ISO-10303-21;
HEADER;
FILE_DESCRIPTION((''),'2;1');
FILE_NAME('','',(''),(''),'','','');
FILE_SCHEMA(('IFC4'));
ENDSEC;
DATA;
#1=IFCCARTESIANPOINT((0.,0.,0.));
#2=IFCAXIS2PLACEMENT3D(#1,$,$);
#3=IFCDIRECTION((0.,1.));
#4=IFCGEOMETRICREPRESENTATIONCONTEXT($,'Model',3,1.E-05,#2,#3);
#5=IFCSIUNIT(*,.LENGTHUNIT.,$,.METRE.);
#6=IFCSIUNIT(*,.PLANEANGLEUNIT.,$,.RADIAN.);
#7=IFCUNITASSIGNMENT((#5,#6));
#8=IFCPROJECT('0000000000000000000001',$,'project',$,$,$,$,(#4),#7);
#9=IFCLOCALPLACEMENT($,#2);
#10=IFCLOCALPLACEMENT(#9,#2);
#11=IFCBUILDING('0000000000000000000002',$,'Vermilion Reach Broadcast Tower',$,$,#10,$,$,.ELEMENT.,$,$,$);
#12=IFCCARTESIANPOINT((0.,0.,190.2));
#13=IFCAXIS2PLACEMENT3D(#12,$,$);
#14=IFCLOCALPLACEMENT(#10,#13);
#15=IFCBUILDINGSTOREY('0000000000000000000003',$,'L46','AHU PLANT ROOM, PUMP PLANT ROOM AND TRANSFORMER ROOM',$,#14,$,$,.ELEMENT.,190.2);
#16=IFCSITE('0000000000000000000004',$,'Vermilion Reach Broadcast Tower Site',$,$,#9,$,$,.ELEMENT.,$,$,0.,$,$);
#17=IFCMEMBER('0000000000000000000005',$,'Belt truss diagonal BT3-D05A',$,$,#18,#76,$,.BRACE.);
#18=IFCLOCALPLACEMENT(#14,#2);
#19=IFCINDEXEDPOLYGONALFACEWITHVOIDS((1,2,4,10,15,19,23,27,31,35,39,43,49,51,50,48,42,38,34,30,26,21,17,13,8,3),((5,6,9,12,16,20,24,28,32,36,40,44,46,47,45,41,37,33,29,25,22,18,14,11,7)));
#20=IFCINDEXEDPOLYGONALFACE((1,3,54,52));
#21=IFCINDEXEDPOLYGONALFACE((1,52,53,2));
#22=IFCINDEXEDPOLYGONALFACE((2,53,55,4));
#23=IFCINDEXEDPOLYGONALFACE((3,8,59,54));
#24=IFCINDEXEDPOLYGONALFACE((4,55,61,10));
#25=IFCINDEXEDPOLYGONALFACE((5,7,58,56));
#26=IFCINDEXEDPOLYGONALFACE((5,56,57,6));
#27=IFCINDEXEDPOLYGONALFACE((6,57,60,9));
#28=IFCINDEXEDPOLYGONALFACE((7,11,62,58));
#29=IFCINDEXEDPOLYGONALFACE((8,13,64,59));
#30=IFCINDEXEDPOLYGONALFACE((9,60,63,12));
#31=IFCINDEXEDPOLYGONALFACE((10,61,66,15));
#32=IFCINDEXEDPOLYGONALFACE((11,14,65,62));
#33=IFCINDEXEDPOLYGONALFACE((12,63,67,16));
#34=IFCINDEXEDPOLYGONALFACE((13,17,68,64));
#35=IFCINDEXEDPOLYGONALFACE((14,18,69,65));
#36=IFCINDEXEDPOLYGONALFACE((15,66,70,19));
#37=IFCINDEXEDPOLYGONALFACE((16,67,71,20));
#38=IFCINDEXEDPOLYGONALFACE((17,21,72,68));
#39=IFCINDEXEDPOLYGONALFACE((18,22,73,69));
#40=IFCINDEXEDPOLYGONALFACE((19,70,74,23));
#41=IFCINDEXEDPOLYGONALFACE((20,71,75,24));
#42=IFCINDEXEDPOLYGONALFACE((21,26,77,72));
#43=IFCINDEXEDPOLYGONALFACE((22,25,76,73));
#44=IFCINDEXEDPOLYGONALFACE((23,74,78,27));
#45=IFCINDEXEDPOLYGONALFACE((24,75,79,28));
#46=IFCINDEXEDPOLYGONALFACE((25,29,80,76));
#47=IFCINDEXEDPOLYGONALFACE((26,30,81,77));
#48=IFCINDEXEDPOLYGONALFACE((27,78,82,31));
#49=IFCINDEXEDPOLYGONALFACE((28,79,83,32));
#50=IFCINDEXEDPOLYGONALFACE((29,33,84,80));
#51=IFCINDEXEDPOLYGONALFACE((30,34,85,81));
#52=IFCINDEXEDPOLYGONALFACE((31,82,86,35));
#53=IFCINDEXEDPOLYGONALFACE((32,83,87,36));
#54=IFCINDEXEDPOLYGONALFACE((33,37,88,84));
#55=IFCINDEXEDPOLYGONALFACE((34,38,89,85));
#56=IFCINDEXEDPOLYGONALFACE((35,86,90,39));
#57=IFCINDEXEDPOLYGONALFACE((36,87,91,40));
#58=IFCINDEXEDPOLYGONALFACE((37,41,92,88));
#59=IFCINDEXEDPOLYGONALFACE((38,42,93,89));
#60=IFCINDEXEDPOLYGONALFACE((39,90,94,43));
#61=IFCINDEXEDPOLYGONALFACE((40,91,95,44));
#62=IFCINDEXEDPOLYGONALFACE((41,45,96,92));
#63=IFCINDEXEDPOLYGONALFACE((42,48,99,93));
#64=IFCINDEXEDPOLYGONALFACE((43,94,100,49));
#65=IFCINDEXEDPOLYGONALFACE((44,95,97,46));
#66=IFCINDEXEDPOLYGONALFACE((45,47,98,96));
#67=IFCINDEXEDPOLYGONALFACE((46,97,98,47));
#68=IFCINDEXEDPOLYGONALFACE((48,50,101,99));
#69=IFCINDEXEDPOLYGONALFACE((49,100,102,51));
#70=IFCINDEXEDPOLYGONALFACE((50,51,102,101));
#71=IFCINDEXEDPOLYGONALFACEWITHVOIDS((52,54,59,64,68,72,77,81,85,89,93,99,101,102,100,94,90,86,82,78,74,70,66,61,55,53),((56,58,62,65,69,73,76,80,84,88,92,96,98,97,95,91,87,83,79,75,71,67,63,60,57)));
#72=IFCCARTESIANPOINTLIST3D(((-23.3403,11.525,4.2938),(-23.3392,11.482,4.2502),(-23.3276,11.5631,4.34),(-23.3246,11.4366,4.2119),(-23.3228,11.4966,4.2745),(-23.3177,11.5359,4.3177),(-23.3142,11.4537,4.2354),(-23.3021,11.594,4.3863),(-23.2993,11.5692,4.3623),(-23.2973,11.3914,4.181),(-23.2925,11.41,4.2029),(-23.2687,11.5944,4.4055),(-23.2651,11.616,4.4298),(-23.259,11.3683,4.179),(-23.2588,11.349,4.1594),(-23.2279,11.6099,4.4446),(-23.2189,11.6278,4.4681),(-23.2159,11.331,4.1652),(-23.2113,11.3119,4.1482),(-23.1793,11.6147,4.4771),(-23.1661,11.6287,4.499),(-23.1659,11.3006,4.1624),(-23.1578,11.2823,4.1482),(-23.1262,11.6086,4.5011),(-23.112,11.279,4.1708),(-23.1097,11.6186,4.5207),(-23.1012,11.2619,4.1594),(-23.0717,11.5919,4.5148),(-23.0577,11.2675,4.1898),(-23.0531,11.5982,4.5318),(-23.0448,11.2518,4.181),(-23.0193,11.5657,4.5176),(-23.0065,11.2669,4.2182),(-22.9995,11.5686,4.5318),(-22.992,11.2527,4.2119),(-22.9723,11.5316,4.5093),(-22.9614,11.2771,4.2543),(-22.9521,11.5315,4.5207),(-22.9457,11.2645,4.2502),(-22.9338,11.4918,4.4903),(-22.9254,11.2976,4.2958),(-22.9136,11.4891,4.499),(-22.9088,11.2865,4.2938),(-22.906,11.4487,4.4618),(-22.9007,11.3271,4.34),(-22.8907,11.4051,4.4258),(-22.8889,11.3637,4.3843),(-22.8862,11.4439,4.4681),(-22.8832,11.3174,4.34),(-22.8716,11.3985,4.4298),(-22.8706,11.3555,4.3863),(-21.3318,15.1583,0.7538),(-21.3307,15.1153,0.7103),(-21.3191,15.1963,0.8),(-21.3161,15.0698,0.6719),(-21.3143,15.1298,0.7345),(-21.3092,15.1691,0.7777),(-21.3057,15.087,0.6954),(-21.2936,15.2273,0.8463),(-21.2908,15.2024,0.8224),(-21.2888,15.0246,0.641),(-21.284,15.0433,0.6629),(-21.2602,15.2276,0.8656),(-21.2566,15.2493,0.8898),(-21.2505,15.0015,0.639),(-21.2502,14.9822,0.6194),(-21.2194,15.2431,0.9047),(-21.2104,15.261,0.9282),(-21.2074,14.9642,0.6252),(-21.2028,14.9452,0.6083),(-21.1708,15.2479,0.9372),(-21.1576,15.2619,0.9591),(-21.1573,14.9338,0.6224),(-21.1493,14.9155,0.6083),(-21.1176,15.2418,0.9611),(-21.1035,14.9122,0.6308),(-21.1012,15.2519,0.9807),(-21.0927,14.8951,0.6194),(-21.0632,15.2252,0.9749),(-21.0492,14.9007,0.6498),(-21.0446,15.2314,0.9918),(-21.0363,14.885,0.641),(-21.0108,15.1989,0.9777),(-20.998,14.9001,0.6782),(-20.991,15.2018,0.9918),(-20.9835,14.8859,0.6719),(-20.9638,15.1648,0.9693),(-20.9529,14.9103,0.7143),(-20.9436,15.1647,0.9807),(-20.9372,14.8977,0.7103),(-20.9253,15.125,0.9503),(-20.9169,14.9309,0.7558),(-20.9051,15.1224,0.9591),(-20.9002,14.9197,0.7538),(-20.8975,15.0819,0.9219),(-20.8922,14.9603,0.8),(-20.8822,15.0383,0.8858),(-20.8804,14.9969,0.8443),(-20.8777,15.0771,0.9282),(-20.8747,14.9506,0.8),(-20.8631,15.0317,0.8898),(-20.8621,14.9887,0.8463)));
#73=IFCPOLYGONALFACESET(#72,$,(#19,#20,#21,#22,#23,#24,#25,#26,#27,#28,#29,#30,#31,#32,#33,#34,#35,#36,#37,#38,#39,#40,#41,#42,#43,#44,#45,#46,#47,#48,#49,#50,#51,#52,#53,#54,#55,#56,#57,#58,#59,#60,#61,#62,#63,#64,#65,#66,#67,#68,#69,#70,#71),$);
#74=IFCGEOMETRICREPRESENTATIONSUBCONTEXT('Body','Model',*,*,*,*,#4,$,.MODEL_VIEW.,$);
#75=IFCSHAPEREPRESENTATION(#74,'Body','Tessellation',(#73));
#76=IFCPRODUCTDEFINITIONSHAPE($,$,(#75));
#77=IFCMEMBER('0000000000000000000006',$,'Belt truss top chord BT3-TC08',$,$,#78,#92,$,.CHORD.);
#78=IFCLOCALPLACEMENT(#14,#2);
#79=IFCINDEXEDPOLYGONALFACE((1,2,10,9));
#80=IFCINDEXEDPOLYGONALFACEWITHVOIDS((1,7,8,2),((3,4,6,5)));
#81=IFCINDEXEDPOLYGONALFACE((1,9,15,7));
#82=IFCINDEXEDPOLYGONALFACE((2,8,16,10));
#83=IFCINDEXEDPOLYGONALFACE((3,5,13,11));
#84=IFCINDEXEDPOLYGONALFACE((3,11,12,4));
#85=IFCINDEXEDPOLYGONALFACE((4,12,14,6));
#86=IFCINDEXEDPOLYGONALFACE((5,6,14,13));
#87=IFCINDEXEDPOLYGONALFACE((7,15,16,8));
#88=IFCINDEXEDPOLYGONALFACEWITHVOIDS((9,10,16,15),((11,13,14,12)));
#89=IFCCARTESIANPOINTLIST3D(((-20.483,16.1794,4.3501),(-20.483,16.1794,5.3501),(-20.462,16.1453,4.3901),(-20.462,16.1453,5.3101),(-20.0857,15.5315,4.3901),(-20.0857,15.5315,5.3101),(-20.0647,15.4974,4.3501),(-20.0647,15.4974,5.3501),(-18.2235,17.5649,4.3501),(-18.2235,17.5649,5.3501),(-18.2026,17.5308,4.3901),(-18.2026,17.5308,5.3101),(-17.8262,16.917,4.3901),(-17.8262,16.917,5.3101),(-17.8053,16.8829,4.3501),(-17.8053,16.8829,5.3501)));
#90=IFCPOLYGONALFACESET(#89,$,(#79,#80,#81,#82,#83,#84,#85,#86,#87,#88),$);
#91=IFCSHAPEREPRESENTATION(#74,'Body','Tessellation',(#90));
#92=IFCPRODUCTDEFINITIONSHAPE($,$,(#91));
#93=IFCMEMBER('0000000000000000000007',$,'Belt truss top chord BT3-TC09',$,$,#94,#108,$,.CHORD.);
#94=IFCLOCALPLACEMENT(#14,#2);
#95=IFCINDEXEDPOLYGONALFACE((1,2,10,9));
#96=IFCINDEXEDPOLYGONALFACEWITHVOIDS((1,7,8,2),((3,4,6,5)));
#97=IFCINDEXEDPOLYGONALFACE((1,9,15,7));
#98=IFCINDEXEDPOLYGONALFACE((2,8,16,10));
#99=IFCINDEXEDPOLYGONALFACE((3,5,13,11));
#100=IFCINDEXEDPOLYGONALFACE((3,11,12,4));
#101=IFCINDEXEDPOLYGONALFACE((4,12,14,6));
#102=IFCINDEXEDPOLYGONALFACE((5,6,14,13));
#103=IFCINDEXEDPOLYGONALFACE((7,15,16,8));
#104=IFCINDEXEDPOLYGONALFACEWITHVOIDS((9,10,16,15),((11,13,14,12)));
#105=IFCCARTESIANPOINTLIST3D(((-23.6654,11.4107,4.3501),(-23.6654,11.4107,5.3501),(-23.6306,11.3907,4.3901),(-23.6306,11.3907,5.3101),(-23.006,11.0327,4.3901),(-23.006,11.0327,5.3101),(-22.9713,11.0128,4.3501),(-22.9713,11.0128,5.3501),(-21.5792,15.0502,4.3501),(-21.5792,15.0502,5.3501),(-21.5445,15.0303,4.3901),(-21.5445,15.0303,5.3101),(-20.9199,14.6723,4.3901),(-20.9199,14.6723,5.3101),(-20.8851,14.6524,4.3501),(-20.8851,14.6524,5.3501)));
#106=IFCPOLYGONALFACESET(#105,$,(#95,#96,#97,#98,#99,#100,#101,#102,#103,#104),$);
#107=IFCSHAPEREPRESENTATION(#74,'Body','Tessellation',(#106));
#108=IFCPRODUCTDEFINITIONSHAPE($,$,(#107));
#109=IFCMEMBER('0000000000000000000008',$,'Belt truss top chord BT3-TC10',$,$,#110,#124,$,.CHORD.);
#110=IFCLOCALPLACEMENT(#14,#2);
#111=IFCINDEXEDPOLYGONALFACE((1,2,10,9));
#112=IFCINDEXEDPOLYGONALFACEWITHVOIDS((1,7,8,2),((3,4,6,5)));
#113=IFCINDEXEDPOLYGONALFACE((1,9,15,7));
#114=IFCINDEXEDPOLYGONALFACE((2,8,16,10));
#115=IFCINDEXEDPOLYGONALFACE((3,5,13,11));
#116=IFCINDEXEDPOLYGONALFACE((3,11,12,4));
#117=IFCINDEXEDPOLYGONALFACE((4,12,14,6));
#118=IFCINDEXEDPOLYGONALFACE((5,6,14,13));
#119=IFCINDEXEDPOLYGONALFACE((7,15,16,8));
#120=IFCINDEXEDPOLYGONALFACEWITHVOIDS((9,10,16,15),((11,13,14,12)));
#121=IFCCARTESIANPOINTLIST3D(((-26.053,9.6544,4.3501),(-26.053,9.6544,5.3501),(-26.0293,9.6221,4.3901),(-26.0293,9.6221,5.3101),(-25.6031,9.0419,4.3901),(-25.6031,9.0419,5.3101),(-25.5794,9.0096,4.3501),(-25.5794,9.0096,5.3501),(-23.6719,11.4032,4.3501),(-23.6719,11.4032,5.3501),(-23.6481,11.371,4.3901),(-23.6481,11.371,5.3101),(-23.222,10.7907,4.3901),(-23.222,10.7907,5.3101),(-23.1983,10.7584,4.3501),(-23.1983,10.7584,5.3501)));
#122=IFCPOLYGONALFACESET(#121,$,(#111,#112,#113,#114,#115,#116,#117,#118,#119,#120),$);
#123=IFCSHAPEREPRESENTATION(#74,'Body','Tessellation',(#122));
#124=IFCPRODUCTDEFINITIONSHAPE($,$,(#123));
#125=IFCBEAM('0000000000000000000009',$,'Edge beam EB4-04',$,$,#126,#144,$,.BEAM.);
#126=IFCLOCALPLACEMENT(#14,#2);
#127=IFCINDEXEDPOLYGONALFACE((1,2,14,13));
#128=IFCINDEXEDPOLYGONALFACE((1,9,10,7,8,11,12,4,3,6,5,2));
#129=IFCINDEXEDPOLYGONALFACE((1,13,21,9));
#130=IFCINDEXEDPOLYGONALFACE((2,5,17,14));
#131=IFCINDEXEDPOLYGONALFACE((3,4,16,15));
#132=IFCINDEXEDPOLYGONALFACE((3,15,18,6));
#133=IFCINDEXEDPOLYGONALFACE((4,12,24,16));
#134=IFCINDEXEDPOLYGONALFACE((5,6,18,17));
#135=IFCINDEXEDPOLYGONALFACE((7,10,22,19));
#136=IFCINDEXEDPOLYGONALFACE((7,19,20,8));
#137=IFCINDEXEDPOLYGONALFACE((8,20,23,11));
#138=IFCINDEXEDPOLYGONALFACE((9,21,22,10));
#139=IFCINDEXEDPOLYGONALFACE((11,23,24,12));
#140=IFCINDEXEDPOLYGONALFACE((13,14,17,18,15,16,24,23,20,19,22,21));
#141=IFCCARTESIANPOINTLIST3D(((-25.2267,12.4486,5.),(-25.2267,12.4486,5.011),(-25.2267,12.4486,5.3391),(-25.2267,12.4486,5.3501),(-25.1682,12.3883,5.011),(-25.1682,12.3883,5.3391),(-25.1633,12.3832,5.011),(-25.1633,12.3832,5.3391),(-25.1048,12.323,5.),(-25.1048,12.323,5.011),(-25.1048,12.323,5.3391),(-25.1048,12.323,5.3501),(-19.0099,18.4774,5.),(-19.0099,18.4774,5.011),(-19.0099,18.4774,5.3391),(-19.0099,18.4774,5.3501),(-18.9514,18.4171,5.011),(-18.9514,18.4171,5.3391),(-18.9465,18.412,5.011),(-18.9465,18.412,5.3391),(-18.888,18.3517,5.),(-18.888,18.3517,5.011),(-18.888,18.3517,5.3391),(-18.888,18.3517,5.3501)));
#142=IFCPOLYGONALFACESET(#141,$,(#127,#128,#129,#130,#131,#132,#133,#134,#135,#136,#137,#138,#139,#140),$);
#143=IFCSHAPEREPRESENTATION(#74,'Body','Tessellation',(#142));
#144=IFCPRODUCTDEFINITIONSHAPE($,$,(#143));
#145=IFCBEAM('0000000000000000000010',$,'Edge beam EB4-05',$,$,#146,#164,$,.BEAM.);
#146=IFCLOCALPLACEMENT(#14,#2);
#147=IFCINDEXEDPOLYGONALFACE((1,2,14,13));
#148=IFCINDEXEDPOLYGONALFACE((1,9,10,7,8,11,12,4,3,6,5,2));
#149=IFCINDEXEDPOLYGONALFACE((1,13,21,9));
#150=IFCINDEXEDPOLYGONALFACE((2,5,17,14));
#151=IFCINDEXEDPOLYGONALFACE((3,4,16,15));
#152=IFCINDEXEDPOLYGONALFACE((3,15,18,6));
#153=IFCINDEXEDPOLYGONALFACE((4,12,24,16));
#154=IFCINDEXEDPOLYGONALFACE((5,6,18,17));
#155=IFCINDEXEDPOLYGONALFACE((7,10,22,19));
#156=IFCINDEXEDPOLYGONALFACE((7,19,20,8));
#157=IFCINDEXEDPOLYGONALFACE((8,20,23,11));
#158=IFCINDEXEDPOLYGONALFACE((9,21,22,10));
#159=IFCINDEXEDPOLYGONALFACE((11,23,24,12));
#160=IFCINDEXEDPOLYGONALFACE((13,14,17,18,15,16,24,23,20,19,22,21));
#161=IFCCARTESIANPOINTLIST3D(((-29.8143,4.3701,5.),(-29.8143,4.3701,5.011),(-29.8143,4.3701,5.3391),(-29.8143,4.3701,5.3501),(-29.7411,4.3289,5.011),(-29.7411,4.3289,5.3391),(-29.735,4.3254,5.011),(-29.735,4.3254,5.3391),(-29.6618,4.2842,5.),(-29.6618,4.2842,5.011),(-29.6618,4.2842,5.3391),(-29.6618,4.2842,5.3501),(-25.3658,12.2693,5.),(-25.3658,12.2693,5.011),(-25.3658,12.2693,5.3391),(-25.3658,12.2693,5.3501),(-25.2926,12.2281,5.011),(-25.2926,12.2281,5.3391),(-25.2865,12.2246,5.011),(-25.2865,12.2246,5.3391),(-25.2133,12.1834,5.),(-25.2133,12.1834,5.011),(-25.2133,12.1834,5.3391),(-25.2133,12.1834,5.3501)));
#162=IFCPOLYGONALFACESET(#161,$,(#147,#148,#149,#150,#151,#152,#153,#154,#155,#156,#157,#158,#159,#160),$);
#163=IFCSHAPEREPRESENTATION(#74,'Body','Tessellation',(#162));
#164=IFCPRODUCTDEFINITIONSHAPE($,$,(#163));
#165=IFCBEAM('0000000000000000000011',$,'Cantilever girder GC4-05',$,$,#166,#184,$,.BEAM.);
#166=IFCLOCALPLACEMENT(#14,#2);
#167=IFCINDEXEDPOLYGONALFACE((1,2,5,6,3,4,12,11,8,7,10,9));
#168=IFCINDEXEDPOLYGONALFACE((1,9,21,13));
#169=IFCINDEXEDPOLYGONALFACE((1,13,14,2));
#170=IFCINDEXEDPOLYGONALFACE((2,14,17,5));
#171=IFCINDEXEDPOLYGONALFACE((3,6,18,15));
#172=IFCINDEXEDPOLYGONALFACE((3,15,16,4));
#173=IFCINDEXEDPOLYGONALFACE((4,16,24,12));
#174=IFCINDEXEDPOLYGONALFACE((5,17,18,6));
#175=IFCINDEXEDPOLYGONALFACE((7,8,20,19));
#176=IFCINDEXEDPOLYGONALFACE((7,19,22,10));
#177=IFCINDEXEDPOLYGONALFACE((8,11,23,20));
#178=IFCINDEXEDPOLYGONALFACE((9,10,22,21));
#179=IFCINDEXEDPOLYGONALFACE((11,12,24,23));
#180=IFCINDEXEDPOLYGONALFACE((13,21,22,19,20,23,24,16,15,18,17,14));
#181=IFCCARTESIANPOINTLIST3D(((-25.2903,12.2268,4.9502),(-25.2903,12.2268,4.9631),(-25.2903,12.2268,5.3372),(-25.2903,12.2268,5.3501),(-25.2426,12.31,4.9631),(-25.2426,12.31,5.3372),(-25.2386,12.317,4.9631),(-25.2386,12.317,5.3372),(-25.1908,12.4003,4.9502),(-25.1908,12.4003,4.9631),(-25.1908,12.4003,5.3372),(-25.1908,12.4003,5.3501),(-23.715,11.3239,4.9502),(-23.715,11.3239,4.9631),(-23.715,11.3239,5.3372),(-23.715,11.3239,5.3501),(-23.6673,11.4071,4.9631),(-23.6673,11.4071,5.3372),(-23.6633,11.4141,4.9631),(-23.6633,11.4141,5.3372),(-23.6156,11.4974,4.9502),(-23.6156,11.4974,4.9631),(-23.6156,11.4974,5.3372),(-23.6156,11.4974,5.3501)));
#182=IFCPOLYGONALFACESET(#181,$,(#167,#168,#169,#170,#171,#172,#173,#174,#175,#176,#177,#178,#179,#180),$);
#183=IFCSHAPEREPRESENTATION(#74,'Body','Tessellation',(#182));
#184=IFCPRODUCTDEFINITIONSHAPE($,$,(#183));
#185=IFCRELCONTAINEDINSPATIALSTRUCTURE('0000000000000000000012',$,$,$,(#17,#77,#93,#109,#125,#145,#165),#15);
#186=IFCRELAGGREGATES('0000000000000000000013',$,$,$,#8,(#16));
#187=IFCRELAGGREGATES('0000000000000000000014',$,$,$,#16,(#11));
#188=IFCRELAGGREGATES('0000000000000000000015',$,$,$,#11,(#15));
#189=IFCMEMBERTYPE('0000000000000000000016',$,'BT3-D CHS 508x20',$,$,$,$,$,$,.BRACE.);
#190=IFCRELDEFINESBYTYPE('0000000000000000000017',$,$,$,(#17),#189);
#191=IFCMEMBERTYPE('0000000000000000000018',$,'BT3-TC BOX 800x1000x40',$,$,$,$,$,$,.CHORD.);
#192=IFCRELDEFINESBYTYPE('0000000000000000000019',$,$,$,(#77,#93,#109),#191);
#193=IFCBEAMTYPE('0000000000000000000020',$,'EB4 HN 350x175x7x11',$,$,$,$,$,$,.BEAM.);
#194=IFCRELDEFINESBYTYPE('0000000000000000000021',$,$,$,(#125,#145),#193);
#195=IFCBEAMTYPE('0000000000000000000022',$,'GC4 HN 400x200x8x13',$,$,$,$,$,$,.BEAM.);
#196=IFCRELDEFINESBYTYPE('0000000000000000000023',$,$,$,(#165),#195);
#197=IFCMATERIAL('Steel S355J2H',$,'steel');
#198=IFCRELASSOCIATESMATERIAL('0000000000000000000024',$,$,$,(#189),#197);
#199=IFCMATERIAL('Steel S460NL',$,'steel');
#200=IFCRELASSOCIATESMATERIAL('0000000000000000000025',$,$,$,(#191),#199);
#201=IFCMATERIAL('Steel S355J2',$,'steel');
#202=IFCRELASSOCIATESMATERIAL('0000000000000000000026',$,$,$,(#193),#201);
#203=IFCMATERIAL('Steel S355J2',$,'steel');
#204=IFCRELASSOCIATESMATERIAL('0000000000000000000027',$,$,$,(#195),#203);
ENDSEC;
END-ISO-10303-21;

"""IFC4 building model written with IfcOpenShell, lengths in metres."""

from ifc_helpers import new_model, si_unit, direction, frame, origin, origin_2d, place, context, subcontext, project, spatial, hollow_rectangle, hollow_circle, i_section, extrude, material, material_profile, profile_set, type_object, element, save


model = new_model("IFC4")

# Units and contexts
model_context = context("Model", 3, precision=1e-05, world=origin(), true_north=direction((0.0, 1.0)))
body_context = subcontext(model_context, "Body", "Model", "MODEL_VIEW")
ifc_project = project(units=[si_unit("LENGTHUNIT", "METRE"), si_unit("PLANEANGLEUNIT", "RADIAN")], contexts=[model_context])

# Site, building, storey
site_placement = place(None, origin())
site = spatial("IfcSite", under=ifc_project, at=site_placement, Name="Vermilion Reach Broadcast Tower Site", CompositionType="ELEMENT", RefElevation=0.0)
building_placement = place(site_placement, origin())
building = spatial("IfcBuilding", under=site, at=building_placement, Name="Vermilion Reach Broadcast Tower", CompositionType="ELEMENT")
storey_placement = place(building_placement, frame((0.0, 0.0, 190.2)))
storey = spatial("IfcBuildingStorey", under=building, at=storey_placement, Name="L46", Description="AHU PLANT ROOM, PUMP PLANT ROOM AND TRANSFORMER ROOM", CompositionType="ELEMENT", Elevation=190.2)

# Members
ifc_material_1 = material(Name="Steel S355J2H", Category="steel")
ifc_material_profile_1 = material_profile(ifc_material_1, hollow_circle(Radius=0.2539, WallThickness=0.02, at=origin_2d()), Name="S355J2H CHS 508x20")
ifc_profile_set_1 = profile_set([ifc_material_profile_1], Name="Steel S355J2H")
member_type_1 = type_object("IfcMemberType", Name="BT3-D CHS 508x20", PredefinedType="BRACE", material=ifc_profile_set_1)
member_1_placement = place(storey_placement, frame((-21.0969, 15.0735, 0.8), z_axis=(-0.368141, -0.665938, 0.648844), x_axis=(0.875173, -0.483809, 0.0)))
element("IfcMember", 1, at=member_1_placement, inside=storey, type_object=member_type_1, Name="Belt truss diagonal BT3-D05A", PredefinedType="BRACE", context=body_context, shape_type="SweptSolid", body=[
    extrude(hollow_circle(Radius=0.2539, WallThickness=0.02, at=origin_2d()), origin(), (0.0, 0.0, 1.0), 5.4558),
])
ifc_material_2 = material(Name="Steel S460NL", Category="steel")
ifc_material_profile_2 = material_profile(ifc_material_2, hollow_rectangle(XDim=0.8, YDim=1.0, WallThickness=0.04, at=origin_2d()), Name="S460NL BOX 800x1000x40")
ifc_profile_set_2 = profile_set([ifc_material_profile_2], Name="Steel S460NL")
member_type_2 = type_object("IfcMemberType", Name="BT3-TC BOX 800x1000x40", PredefinedType="CHORD", material=ifc_profile_set_2)
member_2_placement = place(storey_placement, frame((-18.0144, 17.2239, 4.8501), z_axis=(-0.852495, -0.522735, 0.0), x_axis=(0.522735, -0.852495, 0.0)))
element("IfcMember", 2, at=member_2_placement, inside=storey, type_object=member_type_2, Name="Belt truss top chord BT3-TC08", PredefinedType="CHORD", context=body_context, shape_type="SweptSolid", body=[
    extrude(hollow_rectangle(XDim=0.8, YDim=1.0, WallThickness=0.04, at=origin_2d()), origin(), (0.0, 0.0, 1.0), 2.6504),
])
member_3_placement = place(storey_placement, frame((-21.2322, 14.8513, 4.8501), z_axis=(-0.497285, -0.867587, 0.0), x_axis=(0.867587, -0.497285, 0.0)))
element("IfcMember", 3, at=member_3_placement, inside=storey, type_object=member_type_2, Name="Belt truss top chord BT3-TC09", PredefinedType="CHORD", context=body_context, shape_type="SweptSolid", body=[
    extrude(hollow_rectangle(XDim=0.8, YDim=1.0, WallThickness=0.04, at=origin_2d()), origin(), (0.0, 0.0, 1.0), 4.1951),
])
member_4_placement = place(storey_placement, frame((-23.4351, 11.0808, 4.8501), z_axis=(-0.805979, -0.591944, 0.0), x_axis=(0.591944, -0.805979, 0.0)))
element("IfcMember", 4, at=member_4_placement, inside=storey, type_object=member_type_2, Name="Belt truss top chord BT3-TC10", PredefinedType="CHORD", context=body_context, shape_type="SweptSolid", body=[
    extrude(hollow_rectangle(XDim=0.8, YDim=1.0, WallThickness=0.04, at=origin_2d()), origin(), (0.0, 0.0, 1.0), 2.9543),
])

# Beams
ifc_material_3 = material(Name="Steel S355J2", Category="steel")
ifc_material_profile_3 = material_profile(ifc_material_3, i_section(OverallWidth=0.175, OverallDepth=0.3501, WebThickness=0.0071, FlangeThickness=0.011, at=origin_2d()), Name="S355J2 HN 350x175x7x11")
ifc_profile_set_3 = profile_set([ifc_material_profile_3], Name="Steel S355J2")
beam_type_1 = type_object("IfcBeamType", Name="EB4 HN 350x175x7x11", PredefinedType="BEAM", material=ifc_profile_set_3)
beam_1_placement = place(storey_placement, frame((-18.949, 18.4146, 5.175), z_axis=(-0.717877, -0.69617, 0.0), x_axis=(0.69617, -0.717877, 0.0)))
element("IfcBeam", 5, at=beam_1_placement, inside=storey, type_object=beam_type_1, Name="Edge beam EB4-04", PredefinedType="BEAM", context=body_context, shape_type="SweptSolid", body=[
    extrude(i_section(OverallWidth=0.175, OverallDepth=0.3501, WebThickness=0.0071, FlangeThickness=0.011, at=origin_2d()), origin(), (0.0, 0.0, 1.0), 8.6599),
])
beam_2_placement = place(storey_placement, frame((-25.2896, 12.2263, 5.175), z_axis=(-0.490697, -0.87133, 0.0), x_axis=(0.87133, -0.490697, 0.0)))
element("IfcBeam", 6, at=beam_2_placement, inside=storey, type_object=beam_type_1, Name="Edge beam EB4-05", PredefinedType="BEAM", context=body_context, shape_type="SweptSolid", body=[
    extrude(i_section(OverallWidth=0.175, OverallDepth=0.3501, WebThickness=0.0071, FlangeThickness=0.011, at=origin_2d()), origin(), (0.0, 0.0, 1.0), 9.0657),
])
ifc_material_4 = material(Name="Steel S355J2", Category="steel")
ifc_material_profile_4 = material_profile(ifc_material_4, i_section(OverallWidth=0.2, OverallDepth=0.3999, WebThickness=0.0081, FlangeThickness=0.0129, at=origin_2d()), Name="S355J2 HN 400x200x8x13")
ifc_profile_set_4 = profile_set([ifc_material_profile_4], Name="Steel S355J2")
beam_type_2 = type_object("IfcBeamType", Name="GC4 HN 400x200x8x13", PredefinedType="BEAM", material=ifc_profile_set_4)
beam_3_placement = place(storey_placement, frame((-23.6653, 11.4106, 5.1501), z_axis=(-0.867597, 0.497268, 0.0), x_axis=(-0.497268, -0.867597, 0.0)))
element("IfcBeam", 7, at=beam_3_placement, inside=storey, type_object=beam_type_2, Name="Cantilever girder GC4-05", PredefinedType="BEAM", context=body_context, shape_type="SweptSolid", body=[
    extrude(i_section(OverallWidth=0.2, OverallDepth=0.3999, WebThickness=0.0081, FlangeThickness=0.0129, at=origin_2d()), origin(), (0.0, 0.0, 1.0), 1.8157),
])

save(model, "model.ifc")
